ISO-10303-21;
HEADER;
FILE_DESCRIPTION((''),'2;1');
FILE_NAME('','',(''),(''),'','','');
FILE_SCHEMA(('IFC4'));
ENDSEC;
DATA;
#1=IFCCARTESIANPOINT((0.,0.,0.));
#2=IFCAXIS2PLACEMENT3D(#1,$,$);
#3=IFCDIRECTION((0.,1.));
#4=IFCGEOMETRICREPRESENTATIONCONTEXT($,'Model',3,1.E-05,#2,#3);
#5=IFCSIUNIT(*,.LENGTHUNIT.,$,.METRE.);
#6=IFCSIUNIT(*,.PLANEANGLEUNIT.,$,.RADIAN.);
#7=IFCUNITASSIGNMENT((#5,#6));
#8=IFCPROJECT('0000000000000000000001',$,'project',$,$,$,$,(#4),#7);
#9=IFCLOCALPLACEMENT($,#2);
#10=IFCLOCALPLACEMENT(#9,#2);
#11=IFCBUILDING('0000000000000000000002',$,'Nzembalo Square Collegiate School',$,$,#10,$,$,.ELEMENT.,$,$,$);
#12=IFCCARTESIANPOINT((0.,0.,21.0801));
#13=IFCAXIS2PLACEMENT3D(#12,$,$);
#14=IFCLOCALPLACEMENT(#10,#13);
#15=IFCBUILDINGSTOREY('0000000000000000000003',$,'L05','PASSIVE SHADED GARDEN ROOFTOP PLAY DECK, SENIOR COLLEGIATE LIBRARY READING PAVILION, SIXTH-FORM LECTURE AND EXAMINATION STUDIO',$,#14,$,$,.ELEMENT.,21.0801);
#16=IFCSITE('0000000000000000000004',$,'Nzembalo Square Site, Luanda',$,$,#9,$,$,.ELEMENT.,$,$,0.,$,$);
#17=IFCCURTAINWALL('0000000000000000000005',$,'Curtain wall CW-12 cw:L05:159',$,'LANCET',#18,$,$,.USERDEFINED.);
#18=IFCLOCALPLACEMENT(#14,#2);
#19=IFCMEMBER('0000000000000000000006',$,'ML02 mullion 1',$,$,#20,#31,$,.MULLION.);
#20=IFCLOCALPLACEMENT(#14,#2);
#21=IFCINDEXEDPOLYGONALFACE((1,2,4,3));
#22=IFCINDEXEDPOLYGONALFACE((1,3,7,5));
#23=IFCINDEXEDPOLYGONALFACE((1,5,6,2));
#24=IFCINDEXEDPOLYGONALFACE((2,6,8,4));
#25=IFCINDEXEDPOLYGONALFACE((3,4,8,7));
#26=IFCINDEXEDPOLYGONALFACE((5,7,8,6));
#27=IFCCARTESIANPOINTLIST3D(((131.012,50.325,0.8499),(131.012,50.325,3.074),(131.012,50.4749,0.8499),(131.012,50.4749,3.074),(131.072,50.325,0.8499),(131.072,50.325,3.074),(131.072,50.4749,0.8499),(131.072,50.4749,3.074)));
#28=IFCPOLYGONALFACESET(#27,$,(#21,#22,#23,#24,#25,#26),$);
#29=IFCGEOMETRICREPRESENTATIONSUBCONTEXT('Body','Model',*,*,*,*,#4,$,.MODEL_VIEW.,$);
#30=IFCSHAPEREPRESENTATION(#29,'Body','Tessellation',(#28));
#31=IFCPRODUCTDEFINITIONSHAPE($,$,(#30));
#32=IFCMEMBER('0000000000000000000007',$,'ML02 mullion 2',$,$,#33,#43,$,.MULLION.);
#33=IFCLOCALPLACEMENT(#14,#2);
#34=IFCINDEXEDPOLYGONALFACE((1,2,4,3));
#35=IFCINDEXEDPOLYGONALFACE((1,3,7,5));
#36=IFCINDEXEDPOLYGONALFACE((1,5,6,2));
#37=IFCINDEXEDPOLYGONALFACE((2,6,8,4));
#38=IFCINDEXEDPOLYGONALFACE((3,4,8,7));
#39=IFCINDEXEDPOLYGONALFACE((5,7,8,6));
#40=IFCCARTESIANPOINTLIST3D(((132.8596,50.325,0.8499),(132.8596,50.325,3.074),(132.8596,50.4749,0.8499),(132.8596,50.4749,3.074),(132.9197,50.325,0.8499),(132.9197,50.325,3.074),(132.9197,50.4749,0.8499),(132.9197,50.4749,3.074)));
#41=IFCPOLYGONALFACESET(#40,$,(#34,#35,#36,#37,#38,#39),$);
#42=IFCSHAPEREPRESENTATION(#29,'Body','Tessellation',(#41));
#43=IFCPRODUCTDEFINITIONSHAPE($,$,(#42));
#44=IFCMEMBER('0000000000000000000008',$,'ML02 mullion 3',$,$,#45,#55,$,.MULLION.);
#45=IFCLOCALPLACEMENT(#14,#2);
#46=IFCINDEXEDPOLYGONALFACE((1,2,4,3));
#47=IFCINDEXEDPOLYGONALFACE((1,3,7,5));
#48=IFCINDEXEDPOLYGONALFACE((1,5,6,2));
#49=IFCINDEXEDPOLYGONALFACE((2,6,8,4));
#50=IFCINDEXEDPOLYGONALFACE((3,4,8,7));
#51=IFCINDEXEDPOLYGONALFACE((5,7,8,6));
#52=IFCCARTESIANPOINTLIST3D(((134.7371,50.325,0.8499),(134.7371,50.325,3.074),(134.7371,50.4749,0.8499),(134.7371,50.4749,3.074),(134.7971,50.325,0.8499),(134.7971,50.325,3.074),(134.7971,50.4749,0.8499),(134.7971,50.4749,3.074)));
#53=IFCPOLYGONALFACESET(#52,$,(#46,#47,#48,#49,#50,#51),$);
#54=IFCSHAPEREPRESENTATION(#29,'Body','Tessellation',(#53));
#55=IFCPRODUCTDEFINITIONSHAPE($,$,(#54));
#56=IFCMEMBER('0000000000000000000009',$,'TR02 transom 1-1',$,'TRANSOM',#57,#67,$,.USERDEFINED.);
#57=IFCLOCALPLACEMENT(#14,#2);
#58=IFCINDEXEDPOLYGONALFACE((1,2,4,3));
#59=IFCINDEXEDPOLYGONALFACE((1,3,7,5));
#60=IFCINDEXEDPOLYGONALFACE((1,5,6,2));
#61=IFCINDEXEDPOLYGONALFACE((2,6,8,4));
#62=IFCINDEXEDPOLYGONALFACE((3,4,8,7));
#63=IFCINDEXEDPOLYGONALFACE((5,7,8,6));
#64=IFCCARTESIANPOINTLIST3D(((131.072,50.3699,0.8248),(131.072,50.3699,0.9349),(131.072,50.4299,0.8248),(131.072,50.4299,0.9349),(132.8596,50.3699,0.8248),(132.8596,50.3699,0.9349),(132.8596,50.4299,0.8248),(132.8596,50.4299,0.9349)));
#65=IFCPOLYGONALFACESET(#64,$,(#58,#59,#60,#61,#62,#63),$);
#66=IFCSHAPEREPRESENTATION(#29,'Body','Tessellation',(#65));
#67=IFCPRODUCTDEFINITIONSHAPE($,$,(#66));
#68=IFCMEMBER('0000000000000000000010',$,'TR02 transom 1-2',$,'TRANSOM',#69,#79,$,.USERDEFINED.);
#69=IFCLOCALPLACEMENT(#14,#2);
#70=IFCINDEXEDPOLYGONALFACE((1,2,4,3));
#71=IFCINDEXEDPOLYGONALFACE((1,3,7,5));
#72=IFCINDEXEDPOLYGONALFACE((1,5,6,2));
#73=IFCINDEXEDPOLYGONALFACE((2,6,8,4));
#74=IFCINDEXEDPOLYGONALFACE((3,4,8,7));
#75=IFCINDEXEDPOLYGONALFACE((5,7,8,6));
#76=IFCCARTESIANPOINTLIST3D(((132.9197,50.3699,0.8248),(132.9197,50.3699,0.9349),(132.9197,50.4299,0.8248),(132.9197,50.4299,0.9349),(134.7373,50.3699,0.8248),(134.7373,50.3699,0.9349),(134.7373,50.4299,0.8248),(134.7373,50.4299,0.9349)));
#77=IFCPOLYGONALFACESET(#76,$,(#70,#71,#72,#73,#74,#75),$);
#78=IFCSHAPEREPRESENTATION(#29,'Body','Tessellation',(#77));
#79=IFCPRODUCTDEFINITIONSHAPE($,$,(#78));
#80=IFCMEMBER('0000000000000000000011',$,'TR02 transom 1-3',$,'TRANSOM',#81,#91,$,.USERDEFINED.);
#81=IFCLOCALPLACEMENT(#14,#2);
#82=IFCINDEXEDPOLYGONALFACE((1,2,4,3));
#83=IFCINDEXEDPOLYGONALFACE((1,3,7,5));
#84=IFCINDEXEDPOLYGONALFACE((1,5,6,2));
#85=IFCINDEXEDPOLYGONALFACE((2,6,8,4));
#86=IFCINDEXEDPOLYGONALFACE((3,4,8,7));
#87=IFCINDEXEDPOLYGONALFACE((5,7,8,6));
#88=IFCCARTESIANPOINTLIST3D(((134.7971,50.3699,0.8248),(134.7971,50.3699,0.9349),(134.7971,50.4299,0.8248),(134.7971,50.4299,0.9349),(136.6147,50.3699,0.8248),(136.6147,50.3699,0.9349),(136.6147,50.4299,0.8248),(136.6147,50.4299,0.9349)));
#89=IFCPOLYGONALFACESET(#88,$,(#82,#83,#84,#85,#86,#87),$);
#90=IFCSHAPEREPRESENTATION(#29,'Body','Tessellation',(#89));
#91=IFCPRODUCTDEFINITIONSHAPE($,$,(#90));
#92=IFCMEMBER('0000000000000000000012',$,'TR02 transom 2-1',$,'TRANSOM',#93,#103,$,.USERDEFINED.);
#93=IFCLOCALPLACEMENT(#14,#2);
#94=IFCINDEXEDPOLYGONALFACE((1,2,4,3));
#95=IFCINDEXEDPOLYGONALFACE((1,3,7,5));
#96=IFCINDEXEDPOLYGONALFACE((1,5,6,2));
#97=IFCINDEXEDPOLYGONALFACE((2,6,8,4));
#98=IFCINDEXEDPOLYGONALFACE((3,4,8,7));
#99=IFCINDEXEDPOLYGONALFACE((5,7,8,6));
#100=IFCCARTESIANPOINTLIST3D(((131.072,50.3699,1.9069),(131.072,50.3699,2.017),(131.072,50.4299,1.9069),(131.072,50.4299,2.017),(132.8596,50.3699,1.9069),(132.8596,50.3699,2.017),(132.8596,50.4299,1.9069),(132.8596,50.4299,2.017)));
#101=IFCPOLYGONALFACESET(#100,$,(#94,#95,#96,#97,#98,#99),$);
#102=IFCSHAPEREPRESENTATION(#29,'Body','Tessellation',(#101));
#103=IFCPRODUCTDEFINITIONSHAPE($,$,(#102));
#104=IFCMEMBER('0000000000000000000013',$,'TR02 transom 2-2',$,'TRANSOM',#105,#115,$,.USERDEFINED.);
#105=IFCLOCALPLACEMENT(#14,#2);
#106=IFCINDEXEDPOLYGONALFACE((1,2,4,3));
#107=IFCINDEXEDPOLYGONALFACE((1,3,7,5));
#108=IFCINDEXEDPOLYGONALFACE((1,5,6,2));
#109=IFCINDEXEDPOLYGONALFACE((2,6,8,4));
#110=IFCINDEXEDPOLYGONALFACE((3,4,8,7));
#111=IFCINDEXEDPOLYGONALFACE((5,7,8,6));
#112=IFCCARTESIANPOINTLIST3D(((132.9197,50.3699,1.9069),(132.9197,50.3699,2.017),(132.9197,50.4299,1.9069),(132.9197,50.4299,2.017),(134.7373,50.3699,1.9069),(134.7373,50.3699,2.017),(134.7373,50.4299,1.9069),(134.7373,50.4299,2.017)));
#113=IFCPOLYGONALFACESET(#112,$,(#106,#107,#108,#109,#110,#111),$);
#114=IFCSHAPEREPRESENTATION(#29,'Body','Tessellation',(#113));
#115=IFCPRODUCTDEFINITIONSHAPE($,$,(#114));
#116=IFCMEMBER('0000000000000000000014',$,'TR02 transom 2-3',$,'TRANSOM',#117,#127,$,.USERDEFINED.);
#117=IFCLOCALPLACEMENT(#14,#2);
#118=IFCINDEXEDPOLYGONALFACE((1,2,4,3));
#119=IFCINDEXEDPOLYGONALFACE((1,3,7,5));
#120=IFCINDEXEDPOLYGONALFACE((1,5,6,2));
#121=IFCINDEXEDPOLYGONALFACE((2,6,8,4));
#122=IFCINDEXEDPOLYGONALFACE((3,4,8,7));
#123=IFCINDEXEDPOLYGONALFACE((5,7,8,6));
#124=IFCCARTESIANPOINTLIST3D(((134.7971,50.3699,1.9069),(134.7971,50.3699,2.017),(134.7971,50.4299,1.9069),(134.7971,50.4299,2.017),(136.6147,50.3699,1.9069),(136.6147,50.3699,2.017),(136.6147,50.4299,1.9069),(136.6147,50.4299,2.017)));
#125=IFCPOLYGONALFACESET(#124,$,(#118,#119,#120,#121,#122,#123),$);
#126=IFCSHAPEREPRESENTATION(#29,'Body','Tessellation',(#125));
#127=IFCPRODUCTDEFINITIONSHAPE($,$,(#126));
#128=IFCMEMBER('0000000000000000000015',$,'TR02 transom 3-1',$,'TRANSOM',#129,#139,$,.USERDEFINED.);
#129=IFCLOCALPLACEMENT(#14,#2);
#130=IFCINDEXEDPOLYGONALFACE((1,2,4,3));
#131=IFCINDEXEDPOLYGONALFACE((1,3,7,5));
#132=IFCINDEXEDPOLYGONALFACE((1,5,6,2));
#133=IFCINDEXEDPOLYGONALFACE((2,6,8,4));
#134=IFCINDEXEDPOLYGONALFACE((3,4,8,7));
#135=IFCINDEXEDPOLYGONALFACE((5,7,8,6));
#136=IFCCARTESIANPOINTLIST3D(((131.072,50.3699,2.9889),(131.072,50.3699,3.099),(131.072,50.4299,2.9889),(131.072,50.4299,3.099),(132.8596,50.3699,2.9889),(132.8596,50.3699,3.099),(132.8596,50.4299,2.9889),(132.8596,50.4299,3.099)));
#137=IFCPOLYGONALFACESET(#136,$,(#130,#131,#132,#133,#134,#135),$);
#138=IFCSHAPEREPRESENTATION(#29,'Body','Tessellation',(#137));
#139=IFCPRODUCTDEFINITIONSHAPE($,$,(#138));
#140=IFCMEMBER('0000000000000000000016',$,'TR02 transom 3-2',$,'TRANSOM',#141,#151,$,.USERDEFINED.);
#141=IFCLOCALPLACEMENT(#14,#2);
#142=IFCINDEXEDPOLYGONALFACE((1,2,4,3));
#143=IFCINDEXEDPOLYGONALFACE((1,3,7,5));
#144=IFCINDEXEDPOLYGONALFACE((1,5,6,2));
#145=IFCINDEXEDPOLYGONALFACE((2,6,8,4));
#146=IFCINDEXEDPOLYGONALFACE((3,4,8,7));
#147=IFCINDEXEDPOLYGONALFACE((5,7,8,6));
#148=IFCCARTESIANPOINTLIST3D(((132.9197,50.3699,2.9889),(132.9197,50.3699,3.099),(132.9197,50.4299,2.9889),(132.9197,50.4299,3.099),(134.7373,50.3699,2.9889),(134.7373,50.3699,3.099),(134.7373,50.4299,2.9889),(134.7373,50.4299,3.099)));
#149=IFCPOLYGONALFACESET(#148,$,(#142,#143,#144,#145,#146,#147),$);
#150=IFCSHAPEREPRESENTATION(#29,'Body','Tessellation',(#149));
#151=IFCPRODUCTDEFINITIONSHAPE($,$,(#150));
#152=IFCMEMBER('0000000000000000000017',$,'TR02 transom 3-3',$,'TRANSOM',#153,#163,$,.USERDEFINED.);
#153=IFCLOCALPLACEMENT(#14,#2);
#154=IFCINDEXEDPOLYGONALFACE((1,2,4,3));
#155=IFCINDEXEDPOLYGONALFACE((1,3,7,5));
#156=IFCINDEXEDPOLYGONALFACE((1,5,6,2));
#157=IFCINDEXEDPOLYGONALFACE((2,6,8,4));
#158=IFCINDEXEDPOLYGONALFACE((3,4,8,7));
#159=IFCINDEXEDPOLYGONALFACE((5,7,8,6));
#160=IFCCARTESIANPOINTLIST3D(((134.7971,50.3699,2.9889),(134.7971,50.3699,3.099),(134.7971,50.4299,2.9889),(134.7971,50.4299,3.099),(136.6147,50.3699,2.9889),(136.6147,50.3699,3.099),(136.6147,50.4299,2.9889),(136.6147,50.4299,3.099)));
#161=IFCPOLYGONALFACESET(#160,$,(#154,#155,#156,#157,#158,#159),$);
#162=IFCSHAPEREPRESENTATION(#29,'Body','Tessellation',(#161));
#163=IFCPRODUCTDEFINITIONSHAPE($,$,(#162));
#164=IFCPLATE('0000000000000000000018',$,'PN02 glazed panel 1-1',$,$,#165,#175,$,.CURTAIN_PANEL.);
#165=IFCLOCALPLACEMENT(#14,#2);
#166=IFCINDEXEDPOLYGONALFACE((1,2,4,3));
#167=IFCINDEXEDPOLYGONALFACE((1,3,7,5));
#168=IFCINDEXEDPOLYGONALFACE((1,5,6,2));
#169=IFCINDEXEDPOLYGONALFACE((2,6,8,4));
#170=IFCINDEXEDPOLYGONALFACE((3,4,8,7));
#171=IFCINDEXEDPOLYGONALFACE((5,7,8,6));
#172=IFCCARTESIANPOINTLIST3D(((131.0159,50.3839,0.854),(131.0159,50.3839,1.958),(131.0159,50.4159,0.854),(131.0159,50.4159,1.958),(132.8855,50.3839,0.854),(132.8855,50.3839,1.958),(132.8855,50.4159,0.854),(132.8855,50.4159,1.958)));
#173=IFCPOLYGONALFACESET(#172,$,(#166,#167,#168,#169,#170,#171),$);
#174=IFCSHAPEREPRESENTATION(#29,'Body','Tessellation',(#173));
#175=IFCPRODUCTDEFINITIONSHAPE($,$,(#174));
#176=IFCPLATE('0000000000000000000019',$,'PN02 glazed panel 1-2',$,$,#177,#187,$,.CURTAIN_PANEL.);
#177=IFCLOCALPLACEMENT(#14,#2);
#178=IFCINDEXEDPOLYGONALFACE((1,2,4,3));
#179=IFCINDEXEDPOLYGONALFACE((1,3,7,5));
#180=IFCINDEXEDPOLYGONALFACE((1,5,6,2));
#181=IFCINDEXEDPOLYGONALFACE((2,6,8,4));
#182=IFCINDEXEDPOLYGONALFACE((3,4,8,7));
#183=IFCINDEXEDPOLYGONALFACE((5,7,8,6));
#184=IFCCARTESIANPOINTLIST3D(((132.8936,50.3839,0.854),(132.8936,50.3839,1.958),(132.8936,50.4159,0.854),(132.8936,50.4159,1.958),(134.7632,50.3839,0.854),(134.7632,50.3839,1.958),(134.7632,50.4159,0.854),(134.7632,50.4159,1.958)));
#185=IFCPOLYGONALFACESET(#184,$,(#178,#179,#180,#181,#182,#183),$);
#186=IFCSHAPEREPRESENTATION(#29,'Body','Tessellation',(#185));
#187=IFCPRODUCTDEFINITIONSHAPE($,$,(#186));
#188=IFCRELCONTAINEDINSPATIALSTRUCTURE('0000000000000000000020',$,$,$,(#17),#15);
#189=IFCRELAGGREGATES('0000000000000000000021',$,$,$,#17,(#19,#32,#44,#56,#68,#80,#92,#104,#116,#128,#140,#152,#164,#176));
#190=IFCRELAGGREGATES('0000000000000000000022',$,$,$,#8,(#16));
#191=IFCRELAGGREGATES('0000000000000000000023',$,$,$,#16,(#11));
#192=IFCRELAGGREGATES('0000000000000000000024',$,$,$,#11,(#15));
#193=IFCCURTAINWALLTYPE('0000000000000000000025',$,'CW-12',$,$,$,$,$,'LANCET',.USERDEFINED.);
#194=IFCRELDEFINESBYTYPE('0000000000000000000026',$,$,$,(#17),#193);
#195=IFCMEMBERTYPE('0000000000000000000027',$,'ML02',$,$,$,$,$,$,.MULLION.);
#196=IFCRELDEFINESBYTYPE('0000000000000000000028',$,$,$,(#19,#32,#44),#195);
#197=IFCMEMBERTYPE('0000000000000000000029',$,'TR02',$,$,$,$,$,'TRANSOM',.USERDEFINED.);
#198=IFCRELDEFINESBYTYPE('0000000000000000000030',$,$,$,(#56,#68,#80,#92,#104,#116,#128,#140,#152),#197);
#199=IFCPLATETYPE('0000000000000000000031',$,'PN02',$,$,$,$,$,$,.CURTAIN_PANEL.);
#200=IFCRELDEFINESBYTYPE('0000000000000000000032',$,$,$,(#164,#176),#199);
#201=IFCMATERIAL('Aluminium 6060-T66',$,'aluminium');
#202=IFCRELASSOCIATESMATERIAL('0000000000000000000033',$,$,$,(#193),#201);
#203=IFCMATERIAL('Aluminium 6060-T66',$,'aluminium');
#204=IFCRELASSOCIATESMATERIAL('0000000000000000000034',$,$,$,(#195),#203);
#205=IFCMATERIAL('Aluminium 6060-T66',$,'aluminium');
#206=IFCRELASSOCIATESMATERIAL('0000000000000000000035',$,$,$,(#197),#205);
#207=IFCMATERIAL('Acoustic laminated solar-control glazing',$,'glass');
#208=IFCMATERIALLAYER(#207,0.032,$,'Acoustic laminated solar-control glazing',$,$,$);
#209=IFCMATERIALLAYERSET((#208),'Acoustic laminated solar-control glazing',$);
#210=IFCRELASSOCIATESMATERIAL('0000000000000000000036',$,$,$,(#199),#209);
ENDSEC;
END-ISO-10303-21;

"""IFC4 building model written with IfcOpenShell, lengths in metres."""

from ifc_helpers import new_model, si_unit, direction, frame, origin, origin_2d, place, context, subcontext, project, spatial, rectangle, extrude, material, layer, layer_set, material_profile, profile_set, type_object, element, aggregate, save


model = new_model("IFC4")

# Units and contexts
model_context = context("Model", 3, precision=1e-05, world=origin(), true_north=direction((0.0, 1.0)))
body_context = subcontext(model_context, "Body", "Model", "MODEL_VIEW")
ifc_project = project(units=[si_unit("LENGTHUNIT", "METRE"), si_unit("PLANEANGLEUNIT", "RADIAN")], contexts=[model_context])

# Site, building, storey
site_placement = place(None, origin())
site = spatial("IfcSite", under=ifc_project, at=site_placement, Name="Nzembalo Square Site, Luanda", CompositionType="ELEMENT", RefElevation=0.0)
building_placement = place(site_placement, origin())
building = spatial("IfcBuilding", under=site, at=building_placement, Name="Nzembalo Square Collegiate School", CompositionType="ELEMENT")
storey_placement = place(building_placement, frame((0.0, 0.0, 21.0801)))
storey = spatial("IfcBuildingStorey", under=building, at=storey_placement, Name="L05", Description="PASSIVE SHADED GARDEN ROOFTOP PLAY DECK, SENIOR COLLEGIATE LIBRARY READING PAVILION, SIXTH-FORM LECTURE AND EXAMINATION STUDIO", CompositionType="ELEMENT", Elevation=21.0801)

# Curtain wall, members, plates
ifc_material_1 = material(Name="Aluminium 6060-T66", Category="aluminium")
curtain_wall_type = type_object("IfcCurtainWallType", Name="CW-12", ElementType="LANCET", PredefinedType="USERDEFINED", material=ifc_material_1)
curtain_wall_placement = place(storey_placement, origin())
curtain_wall = element("IfcCurtainWall", 1, at=curtain_wall_placement, inside=storey, type_object=curtain_wall_type, Name="Curtain wall CW-12 cw:L05:159", ObjectType="LANCET", PredefinedType="USERDEFINED")
ifc_material_2 = material(Name="Aluminium 6060-T66", Category="aluminium")
ifc_material_profile_1 = material_profile(ifc_material_2, rectangle(XDim=0.0601, YDim=0.1499, at=origin_2d()), Name="ALU M60x150")
ifc_profile_set_1 = profile_set([ifc_material_profile_1], Name="Aluminium 6060-T66")
member_type_1 = type_object("IfcMemberType", Name="ML02", PredefinedType="MULLION", material=ifc_profile_set_1)
member_1_placement = place(storey_placement, frame((131.042, 50.3999, 0.8499), z_axis=(0.0, 0.0, 1.0), x_axis=(1.0, 0.0, 0.0)))
member_1 = element("IfcMember", 2, at=member_1_placement, type_object=member_type_1, Name="ML02 mullion 1", PredefinedType="MULLION", context=body_context, shape_type="SweptSolid", body=[
    extrude(rectangle(XDim=0.0601, YDim=0.1499, at=origin_2d()), origin(), (0.0, 0.0, 1.0), 2.2241),
])
member_2_placement = place(storey_placement, frame((132.8896, 50.3999, 0.8499), z_axis=(0.0, 0.0, 1.0), x_axis=(1.0, 0.0, 0.0)))
member_2 = element("IfcMember", 3, at=member_2_placement, type_object=member_type_1, Name="ML02 mullion 2", PredefinedType="MULLION", context=body_context, shape_type="SweptSolid", body=[
    extrude(rectangle(XDim=0.0601, YDim=0.1499, at=origin_2d()), origin(), (0.0, 0.0, 1.0), 2.2241),
])
member_3_placement = place(storey_placement, frame((134.7671, 50.3999, 0.8499), z_axis=(0.0, 0.0, 1.0), x_axis=(1.0, 0.0, 0.0)))
member_3 = element("IfcMember", 4, at=member_3_placement, type_object=member_type_1, Name="ML02 mullion 3", PredefinedType="MULLION", context=body_context, shape_type="SweptSolid", body=[
    extrude(rectangle(XDim=0.0601, YDim=0.1499, at=origin_2d()), origin(), (0.0, 0.0, 1.0), 2.2241),
])
ifc_material_3 = material(Name="Aluminium 6060-T66", Category="aluminium")
ifc_material_profile_2 = material_profile(ifc_material_3, rectangle(XDim=0.0601, YDim=0.1101, at=origin_2d()), Name="ALU T60x110")
ifc_profile_set_2 = profile_set([ifc_material_profile_2], Name="Aluminium 6060-T66")
member_type_2 = type_object("IfcMemberType", Name="TR02", ElementType="TRANSOM", PredefinedType="USERDEFINED", material=ifc_profile_set_2)
member_4_placement = place(storey_placement, frame((131.072, 50.3999, 0.8799), z_axis=(1.0, 0.0, 0.0), x_axis=(0.0, 1.0, 0.0)))
member_4 = element("IfcMember", 5, at=member_4_placement, type_object=member_type_2, Name="TR02 transom 1-1", ObjectType="TRANSOM", PredefinedType="USERDEFINED", context=body_context, shape_type="SweptSolid", body=[
    extrude(rectangle(XDim=0.0601, YDim=0.1101, at=origin_2d()), origin(), (0.0, 0.0, 1.0), 1.7876),
])
member_5_placement = place(storey_placement, frame((132.9197, 50.3999, 0.8799), z_axis=(1.0, 0.0, 0.0), x_axis=(0.0, 1.0, 0.0)))
member_5 = element("IfcMember", 6, at=member_5_placement, type_object=member_type_2, Name="TR02 transom 1-2", ObjectType="TRANSOM", PredefinedType="USERDEFINED", context=body_context, shape_type="SweptSolid", body=[
    extrude(rectangle(XDim=0.0601, YDim=0.1101, at=origin_2d()), origin(), (0.0, 0.0, 1.0), 1.8176),
])
member_6_placement = place(storey_placement, frame((134.7971, 50.3999, 0.8799), z_axis=(1.0, 0.0, 0.0), x_axis=(0.0, 1.0, 0.0)))
member_6 = element("IfcMember", 7, at=member_6_placement, type_object=member_type_2, Name="TR02 transom 1-3", ObjectType="TRANSOM", PredefinedType="USERDEFINED", context=body_context, shape_type="SweptSolid", body=[
    extrude(rectangle(XDim=0.0601, YDim=0.1101, at=origin_2d()), origin(), (0.0, 0.0, 1.0), 1.8176),
])
member_7_placement = place(storey_placement, frame((131.072, 50.3999, 1.9619), z_axis=(1.0, 0.0, 0.0), x_axis=(0.0, 1.0, 0.0)))
member_7 = element("IfcMember", 8, at=member_7_placement, type_object=member_type_2, Name="TR02 transom 2-1", ObjectType="TRANSOM", PredefinedType="USERDEFINED", context=body_context, shape_type="SweptSolid", body=[
    extrude(rectangle(XDim=0.0601, YDim=0.1101, at=origin_2d()), origin(), (0.0, 0.0, 1.0), 1.7876),
])
member_8_placement = place(storey_placement, frame((132.9197, 50.3999, 1.9619), z_axis=(1.0, 0.0, 0.0), x_axis=(0.0, 1.0, 0.0)))
member_8 = element("IfcMember", 9, at=member_8_placement, type_object=member_type_2, Name="TR02 transom 2-2", ObjectType="TRANSOM", PredefinedType="USERDEFINED", context=body_context, shape_type="SweptSolid", body=[
    extrude(rectangle(XDim=0.0601, YDim=0.1101, at=origin_2d()), origin(), (0.0, 0.0, 1.0), 1.8176),
])
member_9_placement = place(storey_placement, frame((134.7971, 50.3999, 1.9619), z_axis=(1.0, 0.0, 0.0), x_axis=(0.0, 1.0, 0.0)))
member_9 = element("IfcMember", 10, at=member_9_placement, type_object=member_type_2, Name="TR02 transom 2-3", ObjectType="TRANSOM", PredefinedType="USERDEFINED", context=body_context, shape_type="SweptSolid", body=[
    extrude(rectangle(XDim=0.0601, YDim=0.1101, at=origin_2d()), origin(), (0.0, 0.0, 1.0), 1.8176),
])
member_10_placement = place(storey_placement, frame((131.072, 50.3999, 3.0439), z_axis=(1.0, 0.0, 0.0), x_axis=(0.0, 1.0, 0.0)))
member_10 = element("IfcMember", 11, at=member_10_placement, type_object=member_type_2, Name="TR02 transom 3-1", ObjectType="TRANSOM", PredefinedType="USERDEFINED", context=body_context, shape_type="SweptSolid", body=[
    extrude(rectangle(XDim=0.0601, YDim=0.1101, at=origin_2d()), origin(), (0.0, 0.0, 1.0), 1.7876),
])
member_11_placement = place(storey_placement, frame((132.9197, 50.3999, 3.0439), z_axis=(1.0, 0.0, 0.0), x_axis=(0.0, 1.0, 0.0)))
member_11 = element("IfcMember", 12, at=member_11_placement, type_object=member_type_2, Name="TR02 transom 3-2", ObjectType="TRANSOM", PredefinedType="USERDEFINED", context=body_context, shape_type="SweptSolid", body=[
    extrude(rectangle(XDim=0.0601, YDim=0.1101, at=origin_2d()), origin(), (0.0, 0.0, 1.0), 1.8176),
])
member_12_placement = place(storey_placement, frame((134.7971, 50.3999, 3.0439), z_axis=(1.0, 0.0, 0.0), x_axis=(0.0, 1.0, 0.0)))
member_12 = element("IfcMember", 13, at=member_12_placement, type_object=member_type_2, Name="TR02 transom 3-3", ObjectType="TRANSOM", PredefinedType="USERDEFINED", context=body_context, shape_type="SweptSolid", body=[
    extrude(rectangle(XDim=0.0601, YDim=0.1101, at=origin_2d()), origin(), (0.0, 0.0, 1.0), 1.8176),
])
ifc_material_4 = material(Name="Acoustic laminated solar-control glazing", Category="glass")
ifc_layer_1 = layer(ifc_material_4, 0.032, Name="Acoustic laminated solar-control glazing")
ifc_layer_set_1 = layer_set([ifc_layer_1], Name="Acoustic laminated solar-control glazing")
plate_type = type_object("IfcPlateType", Name="PN02", PredefinedType="CURTAIN_PANEL", material=ifc_layer_set_1)
plate_1_placement = place(storey_placement, frame((131.9507, 50.3999, 0.854), z_axis=(0.0, 0.0, 1.0), x_axis=(1.0, 0.0, 0.0)))
plate_1 = element("IfcPlate", 14, at=plate_1_placement, type_object=plate_type, Name="PN02 glazed panel 1-1", PredefinedType="CURTAIN_PANEL", context=body_context, shape_type="SweptSolid", body=[
    extrude(rectangle(XDim=1.8696, YDim=0.032, at=origin_2d()), origin(), (0.0, 0.0, 1.0), 1.104),
])
plate_2_placement = place(storey_placement, frame((133.8284, 50.3999, 0.854), z_axis=(0.0, 0.0, 1.0), x_axis=(1.0, 0.0, 0.0)))
plate_2 = element("IfcPlate", 15, at=plate_2_placement, type_object=plate_type, Name="PN02 glazed panel 1-2", PredefinedType="CURTAIN_PANEL", context=body_context, shape_type="SweptSolid", body=[
    extrude(rectangle(XDim=1.8696, YDim=0.032, at=origin_2d()), origin(), (0.0, 0.0, 1.0), 1.104),
])
aggregate(curtain_wall, [member_1, member_2, member_3, member_4, member_5, member_6, member_7, member_8, member_9, member_10, member_11, member_12, plate_1, plate_2])

save(model, "model.ifc")
